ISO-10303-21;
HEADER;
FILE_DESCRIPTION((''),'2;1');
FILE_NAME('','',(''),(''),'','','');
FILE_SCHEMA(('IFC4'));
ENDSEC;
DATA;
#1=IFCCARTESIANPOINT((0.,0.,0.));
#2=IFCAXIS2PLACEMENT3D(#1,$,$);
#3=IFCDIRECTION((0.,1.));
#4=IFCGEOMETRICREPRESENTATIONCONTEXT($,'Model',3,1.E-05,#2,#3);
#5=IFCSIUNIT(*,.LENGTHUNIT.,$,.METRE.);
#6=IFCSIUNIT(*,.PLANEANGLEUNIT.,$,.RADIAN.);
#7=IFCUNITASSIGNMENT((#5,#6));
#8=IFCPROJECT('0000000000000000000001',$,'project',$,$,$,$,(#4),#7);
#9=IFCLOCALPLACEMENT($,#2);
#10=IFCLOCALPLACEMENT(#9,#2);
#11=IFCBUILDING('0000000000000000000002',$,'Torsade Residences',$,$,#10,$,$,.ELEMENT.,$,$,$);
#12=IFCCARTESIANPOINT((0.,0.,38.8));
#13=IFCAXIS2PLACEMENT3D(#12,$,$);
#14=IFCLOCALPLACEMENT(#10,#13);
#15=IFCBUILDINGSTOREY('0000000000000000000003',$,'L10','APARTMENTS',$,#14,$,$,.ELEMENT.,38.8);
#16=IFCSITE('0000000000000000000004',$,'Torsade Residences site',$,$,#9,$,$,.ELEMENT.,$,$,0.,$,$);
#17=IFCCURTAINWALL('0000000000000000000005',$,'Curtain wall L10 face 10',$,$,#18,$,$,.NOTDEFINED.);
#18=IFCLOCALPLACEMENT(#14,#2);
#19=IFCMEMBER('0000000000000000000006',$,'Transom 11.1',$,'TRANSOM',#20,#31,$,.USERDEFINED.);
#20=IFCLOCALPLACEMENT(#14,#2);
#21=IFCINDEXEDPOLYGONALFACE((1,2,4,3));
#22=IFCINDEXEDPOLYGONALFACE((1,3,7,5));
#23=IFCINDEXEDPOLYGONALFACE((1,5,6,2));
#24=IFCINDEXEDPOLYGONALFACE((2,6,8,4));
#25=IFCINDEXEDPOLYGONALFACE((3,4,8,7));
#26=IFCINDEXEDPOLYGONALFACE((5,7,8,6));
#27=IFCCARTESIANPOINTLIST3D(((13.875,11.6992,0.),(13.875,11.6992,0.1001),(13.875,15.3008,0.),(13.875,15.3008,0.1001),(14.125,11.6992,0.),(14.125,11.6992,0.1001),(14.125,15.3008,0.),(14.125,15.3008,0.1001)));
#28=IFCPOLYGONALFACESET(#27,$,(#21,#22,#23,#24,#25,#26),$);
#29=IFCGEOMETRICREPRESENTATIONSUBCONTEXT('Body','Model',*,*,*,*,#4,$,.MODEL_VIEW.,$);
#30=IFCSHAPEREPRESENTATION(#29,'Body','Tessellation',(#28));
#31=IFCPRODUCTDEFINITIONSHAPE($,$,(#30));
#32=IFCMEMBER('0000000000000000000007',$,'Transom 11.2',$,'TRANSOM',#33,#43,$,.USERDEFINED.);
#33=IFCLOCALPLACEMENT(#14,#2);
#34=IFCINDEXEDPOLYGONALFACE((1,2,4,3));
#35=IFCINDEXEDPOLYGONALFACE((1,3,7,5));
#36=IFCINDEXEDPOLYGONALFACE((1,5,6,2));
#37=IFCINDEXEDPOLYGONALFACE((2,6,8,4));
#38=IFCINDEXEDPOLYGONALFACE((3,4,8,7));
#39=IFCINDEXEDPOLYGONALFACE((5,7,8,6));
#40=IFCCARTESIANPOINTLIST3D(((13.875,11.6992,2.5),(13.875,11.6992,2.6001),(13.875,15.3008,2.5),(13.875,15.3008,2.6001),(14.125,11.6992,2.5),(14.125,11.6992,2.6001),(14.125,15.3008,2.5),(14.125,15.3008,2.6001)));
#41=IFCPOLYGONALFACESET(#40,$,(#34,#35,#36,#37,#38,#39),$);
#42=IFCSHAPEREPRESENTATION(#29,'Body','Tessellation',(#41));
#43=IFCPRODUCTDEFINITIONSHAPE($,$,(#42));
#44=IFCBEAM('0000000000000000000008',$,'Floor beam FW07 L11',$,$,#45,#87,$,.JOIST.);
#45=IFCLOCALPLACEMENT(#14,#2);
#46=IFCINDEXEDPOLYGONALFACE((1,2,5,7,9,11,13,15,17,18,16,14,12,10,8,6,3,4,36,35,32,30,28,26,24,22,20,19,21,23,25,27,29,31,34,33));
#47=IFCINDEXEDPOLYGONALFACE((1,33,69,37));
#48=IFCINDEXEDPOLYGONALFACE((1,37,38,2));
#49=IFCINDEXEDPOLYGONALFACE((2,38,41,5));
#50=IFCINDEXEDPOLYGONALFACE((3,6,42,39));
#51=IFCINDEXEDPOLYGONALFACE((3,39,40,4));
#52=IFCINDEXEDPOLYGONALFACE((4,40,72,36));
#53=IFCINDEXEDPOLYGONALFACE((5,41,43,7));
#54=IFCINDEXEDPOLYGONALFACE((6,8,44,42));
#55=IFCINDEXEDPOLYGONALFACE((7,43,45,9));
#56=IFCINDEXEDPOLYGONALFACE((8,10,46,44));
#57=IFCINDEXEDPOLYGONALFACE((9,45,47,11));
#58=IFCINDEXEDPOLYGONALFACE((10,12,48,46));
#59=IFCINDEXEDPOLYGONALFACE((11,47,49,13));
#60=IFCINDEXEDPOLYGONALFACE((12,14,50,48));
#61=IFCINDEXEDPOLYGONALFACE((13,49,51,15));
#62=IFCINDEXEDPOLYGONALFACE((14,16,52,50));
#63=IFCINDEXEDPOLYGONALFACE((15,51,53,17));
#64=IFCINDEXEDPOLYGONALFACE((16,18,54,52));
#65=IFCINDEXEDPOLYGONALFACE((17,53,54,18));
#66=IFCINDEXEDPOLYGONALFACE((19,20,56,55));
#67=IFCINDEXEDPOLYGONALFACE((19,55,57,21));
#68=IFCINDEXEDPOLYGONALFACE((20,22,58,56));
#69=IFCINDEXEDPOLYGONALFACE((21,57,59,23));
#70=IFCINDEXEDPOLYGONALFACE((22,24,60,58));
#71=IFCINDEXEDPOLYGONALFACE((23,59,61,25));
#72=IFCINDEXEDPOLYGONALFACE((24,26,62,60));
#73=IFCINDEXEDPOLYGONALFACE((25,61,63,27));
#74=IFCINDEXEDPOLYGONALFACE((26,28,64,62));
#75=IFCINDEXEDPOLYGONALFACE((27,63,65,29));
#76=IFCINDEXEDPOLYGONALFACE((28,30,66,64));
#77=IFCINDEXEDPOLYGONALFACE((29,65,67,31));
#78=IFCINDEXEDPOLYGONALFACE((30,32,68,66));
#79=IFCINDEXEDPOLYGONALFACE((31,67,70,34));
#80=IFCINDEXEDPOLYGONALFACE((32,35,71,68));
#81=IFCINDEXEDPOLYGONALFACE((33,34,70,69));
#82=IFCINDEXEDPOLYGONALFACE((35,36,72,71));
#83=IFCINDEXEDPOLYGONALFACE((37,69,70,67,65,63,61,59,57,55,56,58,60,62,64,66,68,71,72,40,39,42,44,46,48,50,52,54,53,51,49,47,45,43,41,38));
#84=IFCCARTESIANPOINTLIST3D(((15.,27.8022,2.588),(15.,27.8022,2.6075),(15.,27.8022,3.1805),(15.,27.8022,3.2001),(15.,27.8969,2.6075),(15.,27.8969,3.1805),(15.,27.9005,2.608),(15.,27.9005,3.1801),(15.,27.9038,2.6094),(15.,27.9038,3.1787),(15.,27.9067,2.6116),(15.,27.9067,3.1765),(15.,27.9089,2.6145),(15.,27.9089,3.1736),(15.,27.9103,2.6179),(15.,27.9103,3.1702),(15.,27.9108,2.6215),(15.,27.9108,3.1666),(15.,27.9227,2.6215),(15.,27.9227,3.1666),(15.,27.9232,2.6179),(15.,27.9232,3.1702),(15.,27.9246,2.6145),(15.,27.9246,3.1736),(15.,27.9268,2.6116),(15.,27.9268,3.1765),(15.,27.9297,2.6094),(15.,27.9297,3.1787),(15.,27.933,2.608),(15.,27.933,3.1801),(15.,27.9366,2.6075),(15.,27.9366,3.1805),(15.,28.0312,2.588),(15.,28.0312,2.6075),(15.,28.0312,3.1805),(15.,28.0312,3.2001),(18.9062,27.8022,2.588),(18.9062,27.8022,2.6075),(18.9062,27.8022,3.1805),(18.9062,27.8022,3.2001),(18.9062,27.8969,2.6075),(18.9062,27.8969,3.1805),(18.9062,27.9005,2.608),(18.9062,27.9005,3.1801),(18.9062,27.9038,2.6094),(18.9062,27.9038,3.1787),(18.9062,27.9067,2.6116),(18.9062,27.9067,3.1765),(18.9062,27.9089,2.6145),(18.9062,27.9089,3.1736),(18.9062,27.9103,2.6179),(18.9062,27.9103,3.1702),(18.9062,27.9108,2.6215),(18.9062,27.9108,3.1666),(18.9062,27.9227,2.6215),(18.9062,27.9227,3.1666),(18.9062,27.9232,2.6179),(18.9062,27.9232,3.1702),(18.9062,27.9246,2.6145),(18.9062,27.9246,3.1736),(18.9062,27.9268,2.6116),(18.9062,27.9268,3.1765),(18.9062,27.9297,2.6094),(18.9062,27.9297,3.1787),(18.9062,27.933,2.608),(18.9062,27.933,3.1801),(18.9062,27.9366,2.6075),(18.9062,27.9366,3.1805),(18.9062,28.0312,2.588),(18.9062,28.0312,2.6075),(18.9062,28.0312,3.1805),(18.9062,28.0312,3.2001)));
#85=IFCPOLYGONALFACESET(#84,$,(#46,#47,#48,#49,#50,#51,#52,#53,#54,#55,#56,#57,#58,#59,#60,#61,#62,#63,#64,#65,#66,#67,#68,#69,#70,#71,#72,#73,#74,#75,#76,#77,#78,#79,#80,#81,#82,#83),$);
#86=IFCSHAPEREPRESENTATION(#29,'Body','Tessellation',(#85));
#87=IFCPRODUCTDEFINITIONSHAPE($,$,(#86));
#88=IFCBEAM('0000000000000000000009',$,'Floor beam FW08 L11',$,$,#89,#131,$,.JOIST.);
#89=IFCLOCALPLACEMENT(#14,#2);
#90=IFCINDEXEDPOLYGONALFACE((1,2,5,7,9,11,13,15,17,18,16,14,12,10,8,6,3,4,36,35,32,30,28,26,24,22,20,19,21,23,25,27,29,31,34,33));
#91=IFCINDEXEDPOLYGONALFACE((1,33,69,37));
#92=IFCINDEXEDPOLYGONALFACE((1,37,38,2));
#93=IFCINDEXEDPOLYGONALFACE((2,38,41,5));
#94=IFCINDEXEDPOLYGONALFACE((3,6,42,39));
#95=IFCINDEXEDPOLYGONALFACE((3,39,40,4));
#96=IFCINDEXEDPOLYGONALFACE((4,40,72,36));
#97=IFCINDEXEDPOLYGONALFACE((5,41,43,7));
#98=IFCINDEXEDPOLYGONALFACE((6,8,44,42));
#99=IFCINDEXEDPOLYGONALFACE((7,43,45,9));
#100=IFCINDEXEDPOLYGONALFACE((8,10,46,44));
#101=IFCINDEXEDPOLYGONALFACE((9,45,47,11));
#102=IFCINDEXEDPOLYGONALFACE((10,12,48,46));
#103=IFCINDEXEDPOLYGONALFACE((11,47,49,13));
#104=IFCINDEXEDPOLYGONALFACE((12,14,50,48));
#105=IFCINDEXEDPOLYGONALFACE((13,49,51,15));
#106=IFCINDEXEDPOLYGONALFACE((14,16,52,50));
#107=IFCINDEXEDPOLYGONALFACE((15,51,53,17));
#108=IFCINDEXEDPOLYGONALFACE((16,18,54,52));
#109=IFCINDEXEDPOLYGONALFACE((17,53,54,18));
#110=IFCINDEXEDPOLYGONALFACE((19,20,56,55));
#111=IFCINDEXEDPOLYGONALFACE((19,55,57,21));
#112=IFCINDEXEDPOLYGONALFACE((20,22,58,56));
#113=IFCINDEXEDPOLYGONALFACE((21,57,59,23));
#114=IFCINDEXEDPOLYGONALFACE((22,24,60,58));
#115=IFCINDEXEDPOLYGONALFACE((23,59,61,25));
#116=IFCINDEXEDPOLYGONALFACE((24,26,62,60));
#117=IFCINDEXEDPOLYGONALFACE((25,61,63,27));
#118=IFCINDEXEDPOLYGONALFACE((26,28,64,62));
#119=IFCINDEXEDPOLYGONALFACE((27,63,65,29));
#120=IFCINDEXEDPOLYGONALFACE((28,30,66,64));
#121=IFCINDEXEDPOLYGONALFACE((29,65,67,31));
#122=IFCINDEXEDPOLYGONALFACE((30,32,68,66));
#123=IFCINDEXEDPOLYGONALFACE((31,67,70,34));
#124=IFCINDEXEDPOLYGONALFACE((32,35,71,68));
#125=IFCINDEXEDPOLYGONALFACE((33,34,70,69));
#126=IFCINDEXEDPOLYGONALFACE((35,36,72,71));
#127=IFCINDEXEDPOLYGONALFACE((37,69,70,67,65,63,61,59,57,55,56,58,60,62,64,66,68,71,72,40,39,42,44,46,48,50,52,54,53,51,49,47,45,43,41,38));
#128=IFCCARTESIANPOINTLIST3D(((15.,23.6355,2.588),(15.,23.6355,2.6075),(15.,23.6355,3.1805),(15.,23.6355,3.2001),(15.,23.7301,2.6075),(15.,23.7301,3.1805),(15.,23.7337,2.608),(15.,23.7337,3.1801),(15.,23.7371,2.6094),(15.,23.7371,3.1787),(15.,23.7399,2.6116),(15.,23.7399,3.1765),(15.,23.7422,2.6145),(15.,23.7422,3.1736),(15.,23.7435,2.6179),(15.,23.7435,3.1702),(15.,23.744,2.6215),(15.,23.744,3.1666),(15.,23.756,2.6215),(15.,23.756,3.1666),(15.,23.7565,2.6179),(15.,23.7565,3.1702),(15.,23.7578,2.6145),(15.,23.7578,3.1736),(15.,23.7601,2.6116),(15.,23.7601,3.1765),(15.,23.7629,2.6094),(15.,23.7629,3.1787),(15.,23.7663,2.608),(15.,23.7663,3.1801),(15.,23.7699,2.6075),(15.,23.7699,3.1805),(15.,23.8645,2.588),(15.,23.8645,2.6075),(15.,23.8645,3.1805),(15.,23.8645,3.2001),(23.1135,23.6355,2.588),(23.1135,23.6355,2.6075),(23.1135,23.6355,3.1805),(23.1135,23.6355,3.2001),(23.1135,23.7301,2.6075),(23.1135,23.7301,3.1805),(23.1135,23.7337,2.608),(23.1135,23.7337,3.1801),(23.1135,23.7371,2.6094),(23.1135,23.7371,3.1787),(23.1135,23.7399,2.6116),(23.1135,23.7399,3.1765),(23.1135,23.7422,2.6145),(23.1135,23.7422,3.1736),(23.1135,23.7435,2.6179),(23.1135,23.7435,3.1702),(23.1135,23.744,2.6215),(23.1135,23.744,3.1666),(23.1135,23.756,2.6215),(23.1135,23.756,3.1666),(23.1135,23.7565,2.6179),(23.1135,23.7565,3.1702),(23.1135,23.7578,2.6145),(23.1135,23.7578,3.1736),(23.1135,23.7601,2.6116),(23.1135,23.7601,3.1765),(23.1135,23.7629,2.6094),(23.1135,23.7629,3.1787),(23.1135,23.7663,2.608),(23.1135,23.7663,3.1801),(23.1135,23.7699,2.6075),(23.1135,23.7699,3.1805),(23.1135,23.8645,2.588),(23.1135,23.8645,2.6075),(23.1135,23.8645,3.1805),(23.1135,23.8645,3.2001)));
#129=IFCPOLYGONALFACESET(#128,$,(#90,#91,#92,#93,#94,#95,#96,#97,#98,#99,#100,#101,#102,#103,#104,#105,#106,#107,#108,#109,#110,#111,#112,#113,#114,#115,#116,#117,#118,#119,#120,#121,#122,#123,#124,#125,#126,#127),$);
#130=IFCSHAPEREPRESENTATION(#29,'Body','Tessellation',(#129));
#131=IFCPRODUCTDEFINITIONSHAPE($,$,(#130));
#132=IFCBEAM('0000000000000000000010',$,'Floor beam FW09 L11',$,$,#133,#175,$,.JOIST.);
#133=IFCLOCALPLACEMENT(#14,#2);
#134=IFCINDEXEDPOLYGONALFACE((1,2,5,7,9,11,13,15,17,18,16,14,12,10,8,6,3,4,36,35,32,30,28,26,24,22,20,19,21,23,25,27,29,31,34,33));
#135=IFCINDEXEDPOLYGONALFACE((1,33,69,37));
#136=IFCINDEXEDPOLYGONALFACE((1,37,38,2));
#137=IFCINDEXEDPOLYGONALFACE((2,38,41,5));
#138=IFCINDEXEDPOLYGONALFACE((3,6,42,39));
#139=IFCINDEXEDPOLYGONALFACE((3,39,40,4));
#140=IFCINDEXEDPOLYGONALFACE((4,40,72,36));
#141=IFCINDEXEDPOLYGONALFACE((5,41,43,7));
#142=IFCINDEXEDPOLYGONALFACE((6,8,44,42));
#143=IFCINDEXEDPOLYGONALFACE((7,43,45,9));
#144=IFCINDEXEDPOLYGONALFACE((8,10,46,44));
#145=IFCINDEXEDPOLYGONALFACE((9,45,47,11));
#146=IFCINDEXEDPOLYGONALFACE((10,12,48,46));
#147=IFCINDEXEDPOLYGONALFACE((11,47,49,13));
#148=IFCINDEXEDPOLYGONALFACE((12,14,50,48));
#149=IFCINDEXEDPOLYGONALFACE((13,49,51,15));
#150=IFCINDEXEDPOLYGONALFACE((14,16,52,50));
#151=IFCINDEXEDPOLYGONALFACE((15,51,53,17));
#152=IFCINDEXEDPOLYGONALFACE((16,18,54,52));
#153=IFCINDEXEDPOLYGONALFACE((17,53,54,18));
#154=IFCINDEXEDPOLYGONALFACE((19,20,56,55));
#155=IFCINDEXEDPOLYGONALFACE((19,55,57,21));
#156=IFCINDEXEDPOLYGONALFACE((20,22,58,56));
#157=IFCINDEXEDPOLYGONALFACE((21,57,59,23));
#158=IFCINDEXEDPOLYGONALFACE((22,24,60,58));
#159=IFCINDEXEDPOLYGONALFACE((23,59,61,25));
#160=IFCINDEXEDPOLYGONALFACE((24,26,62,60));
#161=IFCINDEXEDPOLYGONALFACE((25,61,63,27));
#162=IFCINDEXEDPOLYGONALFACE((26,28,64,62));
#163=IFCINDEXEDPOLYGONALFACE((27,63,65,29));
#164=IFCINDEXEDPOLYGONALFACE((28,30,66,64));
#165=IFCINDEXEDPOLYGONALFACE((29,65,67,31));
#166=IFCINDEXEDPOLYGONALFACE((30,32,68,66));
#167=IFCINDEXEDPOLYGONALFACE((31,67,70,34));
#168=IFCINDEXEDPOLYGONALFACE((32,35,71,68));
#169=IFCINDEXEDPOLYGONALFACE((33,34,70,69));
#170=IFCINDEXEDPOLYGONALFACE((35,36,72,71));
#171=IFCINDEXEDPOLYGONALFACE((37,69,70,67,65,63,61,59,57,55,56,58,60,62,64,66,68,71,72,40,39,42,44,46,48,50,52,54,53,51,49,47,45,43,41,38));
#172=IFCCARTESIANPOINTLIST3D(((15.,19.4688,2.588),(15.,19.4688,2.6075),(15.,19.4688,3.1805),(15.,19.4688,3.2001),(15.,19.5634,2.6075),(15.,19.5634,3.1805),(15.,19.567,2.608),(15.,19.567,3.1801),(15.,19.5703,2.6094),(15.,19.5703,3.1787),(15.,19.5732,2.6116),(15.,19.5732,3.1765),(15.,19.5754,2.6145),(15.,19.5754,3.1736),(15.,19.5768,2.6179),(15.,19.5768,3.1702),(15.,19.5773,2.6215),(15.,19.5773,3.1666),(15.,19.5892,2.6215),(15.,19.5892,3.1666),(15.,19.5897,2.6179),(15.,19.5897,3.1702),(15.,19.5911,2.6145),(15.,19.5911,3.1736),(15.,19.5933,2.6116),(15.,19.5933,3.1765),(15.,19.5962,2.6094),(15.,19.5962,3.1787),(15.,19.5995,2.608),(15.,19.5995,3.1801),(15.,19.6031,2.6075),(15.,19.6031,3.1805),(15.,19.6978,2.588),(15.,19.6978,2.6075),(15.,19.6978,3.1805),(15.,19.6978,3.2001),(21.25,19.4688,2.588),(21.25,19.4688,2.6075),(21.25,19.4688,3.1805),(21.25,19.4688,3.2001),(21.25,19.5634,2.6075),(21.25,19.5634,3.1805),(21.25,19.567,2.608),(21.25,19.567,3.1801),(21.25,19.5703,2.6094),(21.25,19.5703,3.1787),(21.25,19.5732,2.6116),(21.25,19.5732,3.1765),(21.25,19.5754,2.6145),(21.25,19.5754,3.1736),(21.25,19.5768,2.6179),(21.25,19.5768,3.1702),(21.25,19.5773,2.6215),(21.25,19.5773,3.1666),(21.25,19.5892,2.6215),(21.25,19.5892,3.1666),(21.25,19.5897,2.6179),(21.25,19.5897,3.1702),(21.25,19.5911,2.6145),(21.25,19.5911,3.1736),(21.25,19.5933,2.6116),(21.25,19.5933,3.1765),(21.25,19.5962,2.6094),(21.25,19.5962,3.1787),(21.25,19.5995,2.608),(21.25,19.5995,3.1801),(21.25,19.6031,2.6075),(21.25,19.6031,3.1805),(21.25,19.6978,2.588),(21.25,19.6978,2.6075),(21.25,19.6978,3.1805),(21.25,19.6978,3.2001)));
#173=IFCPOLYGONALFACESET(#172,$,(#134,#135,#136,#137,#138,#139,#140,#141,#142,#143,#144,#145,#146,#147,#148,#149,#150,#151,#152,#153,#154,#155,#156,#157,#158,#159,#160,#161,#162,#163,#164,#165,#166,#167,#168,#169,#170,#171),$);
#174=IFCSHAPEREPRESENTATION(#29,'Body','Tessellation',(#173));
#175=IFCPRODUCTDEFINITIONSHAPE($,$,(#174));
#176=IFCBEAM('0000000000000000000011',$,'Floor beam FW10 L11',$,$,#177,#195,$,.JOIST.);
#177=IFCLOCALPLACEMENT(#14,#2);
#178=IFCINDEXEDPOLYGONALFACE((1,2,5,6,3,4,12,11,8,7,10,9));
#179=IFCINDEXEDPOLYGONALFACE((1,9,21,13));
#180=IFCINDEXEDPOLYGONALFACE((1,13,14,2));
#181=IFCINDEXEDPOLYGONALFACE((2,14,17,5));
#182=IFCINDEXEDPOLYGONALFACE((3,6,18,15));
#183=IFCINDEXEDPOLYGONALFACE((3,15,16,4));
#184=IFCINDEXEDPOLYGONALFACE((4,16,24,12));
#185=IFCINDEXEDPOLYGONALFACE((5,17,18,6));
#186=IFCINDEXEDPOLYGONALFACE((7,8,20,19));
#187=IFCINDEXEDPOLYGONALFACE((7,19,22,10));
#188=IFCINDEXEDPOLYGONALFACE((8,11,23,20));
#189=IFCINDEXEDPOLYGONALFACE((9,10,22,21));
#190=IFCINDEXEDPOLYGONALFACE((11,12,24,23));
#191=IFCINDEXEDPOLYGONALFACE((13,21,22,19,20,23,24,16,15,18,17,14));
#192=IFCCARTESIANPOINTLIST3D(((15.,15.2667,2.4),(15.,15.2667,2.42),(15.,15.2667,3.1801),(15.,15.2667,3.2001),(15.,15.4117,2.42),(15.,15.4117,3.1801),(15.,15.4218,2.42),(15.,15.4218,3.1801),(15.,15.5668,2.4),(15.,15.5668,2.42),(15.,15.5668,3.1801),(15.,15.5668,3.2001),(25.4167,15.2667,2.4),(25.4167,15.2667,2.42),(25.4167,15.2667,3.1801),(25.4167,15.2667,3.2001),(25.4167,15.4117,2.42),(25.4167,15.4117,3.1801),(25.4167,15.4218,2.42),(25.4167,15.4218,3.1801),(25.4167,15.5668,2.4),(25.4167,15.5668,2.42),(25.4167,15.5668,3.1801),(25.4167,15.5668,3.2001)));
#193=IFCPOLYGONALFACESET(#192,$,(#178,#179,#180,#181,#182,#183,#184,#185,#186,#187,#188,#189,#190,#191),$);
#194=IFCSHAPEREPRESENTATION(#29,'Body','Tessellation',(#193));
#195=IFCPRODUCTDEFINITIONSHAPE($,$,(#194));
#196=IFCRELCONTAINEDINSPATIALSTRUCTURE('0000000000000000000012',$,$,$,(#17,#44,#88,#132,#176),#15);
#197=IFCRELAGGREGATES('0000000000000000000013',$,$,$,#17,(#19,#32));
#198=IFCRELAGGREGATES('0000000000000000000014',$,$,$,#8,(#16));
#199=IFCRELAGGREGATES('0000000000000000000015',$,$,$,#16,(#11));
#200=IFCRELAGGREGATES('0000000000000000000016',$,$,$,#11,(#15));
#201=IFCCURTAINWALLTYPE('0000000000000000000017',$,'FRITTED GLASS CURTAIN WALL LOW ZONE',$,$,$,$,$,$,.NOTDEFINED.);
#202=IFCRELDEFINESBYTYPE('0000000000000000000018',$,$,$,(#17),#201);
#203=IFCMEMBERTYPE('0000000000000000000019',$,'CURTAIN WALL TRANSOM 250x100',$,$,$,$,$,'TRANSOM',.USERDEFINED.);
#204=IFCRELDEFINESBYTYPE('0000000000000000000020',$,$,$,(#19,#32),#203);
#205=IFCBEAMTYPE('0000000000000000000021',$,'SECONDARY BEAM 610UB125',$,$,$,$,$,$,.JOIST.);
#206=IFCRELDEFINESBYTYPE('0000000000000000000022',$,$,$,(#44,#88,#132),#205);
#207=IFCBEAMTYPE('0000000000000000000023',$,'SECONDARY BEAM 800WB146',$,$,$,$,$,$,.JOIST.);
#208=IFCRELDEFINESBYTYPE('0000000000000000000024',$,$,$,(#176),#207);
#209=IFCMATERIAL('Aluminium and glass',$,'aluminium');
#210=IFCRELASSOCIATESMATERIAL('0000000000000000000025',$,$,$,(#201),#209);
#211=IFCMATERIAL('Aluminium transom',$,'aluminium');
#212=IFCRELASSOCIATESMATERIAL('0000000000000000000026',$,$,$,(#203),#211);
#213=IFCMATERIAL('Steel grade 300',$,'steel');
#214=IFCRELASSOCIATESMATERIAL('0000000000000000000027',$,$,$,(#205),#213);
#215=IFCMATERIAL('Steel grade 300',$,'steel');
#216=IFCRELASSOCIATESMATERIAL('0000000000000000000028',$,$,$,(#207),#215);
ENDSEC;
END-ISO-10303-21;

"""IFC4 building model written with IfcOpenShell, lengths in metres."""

from ifc_helpers import new_model, si_unit, direction, frame, origin, origin_2d, place, context, subcontext, project, spatial, rectangle, i_section, extrude, material, material_profile, profile_set, type_object, element, aggregate, save


model = new_model("IFC4")

# Units and contexts
model_context = context("Model", 3, precision=1e-05, world=origin(), true_north=direction((0.0, 1.0)))
body_context = subcontext(model_context, "Body", "Model", "MODEL_VIEW")
ifc_project = project(units=[si_unit("LENGTHUNIT", "METRE"), si_unit("PLANEANGLEUNIT", "RADIAN")], contexts=[model_context])

# Site, building, storey
site_placement = place(None, origin())
site = spatial("IfcSite", under=ifc_project, at=site_placement, Name="Torsade Residences site", CompositionType="ELEMENT", RefElevation=0.0)
building_placement = place(site_placement, origin())
building = spatial("IfcBuilding", under=site, at=building_placement, Name="Torsade Residences", CompositionType="ELEMENT")
storey_placement = place(building_placement, frame((0.0, 0.0, 38.8)))
storey = spatial("IfcBuildingStorey", under=building, at=storey_placement, Name="L10", Description="APARTMENTS", CompositionType="ELEMENT", Elevation=38.8)

# Curtain wall, members
ifc_material_1 = material(Name="Aluminium and glass", Category="aluminium")
curtain_wall_type = type_object("IfcCurtainWallType", Name="FRITTED GLASS CURTAIN WALL LOW ZONE", PredefinedType="NOTDEFINED", material=ifc_material_1)
curtain_wall_placement = place(storey_placement, origin())
curtain_wall = element("IfcCurtainWall", 1, at=curtain_wall_placement, inside=storey, type_object=curtain_wall_type, Name="Curtain wall L10 face 10", PredefinedType="NOTDEFINED")
ifc_material_2 = material(Name="Aluminium transom", Category="aluminium")
ifc_material_profile_1 = material_profile(ifc_material_2, rectangle(XDim=0.25, YDim=0.1001, at=origin_2d()), Name="CURTAIN WALL TRANSOM 250x100")
ifc_profile_set_1 = profile_set([ifc_material_profile_1], Name="Aluminium transom")
member_type_1 = type_object("IfcMemberType", Name="CURTAIN WALL TRANSOM 250x100", ElementType="TRANSOM", PredefinedType="USERDEFINED", material=ifc_profile_set_1)
member_1_placement = place(storey_placement, frame((14.0, 15.3008, 0.05), z_axis=(0.0, -1.0, 0.0), x_axis=(1.0, 0.0, 0.0)))
member_1 = element("IfcMember", 2, at=member_1_placement, type_object=member_type_1, Name="Transom 11.1", ObjectType="TRANSOM", PredefinedType="USERDEFINED", context=body_context, shape_type="SweptSolid", body=[
    extrude(rectangle(XDim=0.25, YDim=0.1001, at=origin_2d()), origin(), (0.0, 0.0, 1.0), 3.6016),
])
member_2_placement = place(storey_placement, frame((14.0, 15.3008, 2.55), z_axis=(0.0, -1.0, 0.0), x_axis=(1.0, 0.0, 0.0)))
member_2 = element("IfcMember", 3, at=member_2_placement, type_object=member_type_1, Name="Transom 11.2", ObjectType="TRANSOM", PredefinedType="USERDEFINED", context=body_context, shape_type="SweptSolid", body=[
    extrude(rectangle(XDim=0.25, YDim=0.1001, at=origin_2d()), origin(), (0.0, 0.0, 1.0), 3.6016),
])

# Beams
ifc_material_3 = material(Name="Steel grade 300", Category="steel")
ifc_material_profile_2 = material_profile(ifc_material_3, i_section(OverallWidth=0.229, OverallDepth=0.6121, WebThickness=0.012, FlangeThickness=0.0195, FilletRadius=0.0139, at=origin_2d()), Name="610UB125")
ifc_profile_set_2 = profile_set([ifc_material_profile_2], Name="Steel grade 300")
beam_type_1 = type_object("IfcBeamType", Name="SECONDARY BEAM 610UB125", PredefinedType="JOIST", material=ifc_profile_set_2)
beam_1_placement = place(storey_placement, frame((15.0, 27.9167, 2.894), z_axis=(1.0, 0.0, 0.0), x_axis=(0.0, 1.0, 0.0)))
element("IfcBeam", 4, at=beam_1_placement, inside=storey, type_object=beam_type_1, Name="Floor beam FW07 L11", PredefinedType="JOIST", context=body_context, shape_type="SweptSolid", body=[
    extrude(i_section(OverallWidth=0.229, OverallDepth=0.6121, WebThickness=0.012, FlangeThickness=0.0195, FilletRadius=0.0139, at=origin_2d()), origin(), (0.0, 0.0, 1.0), 3.9062),
])
beam_2_placement = place(storey_placement, frame((15.0, 23.75, 2.894), z_axis=(1.0, 0.0, 0.0), x_axis=(0.0, 1.0, 0.0)))
element("IfcBeam", 5, at=beam_2_placement, inside=storey, type_object=beam_type_1, Name="Floor beam FW08 L11", PredefinedType="JOIST", context=body_context, shape_type="SweptSolid", body=[
    extrude(i_section(OverallWidth=0.229, OverallDepth=0.6121, WebThickness=0.012, FlangeThickness=0.0195, FilletRadius=0.0139, at=origin_2d()), origin(), (0.0, 0.0, 1.0), 8.1135),
])
beam_3_placement = place(storey_placement, frame((15.0, 19.5833, 2.894), z_axis=(1.0, 0.0, 0.0), x_axis=(0.0, 1.0, 0.0)))
element("IfcBeam", 6, at=beam_3_placement, inside=storey, type_object=beam_type_1, Name="Floor beam FW09 L11", PredefinedType="JOIST", context=body_context, shape_type="SweptSolid", body=[
    extrude(i_section(OverallWidth=0.229, OverallDepth=0.6121, WebThickness=0.012, FlangeThickness=0.0195, FilletRadius=0.0139, at=origin_2d()), origin(), (0.0, 0.0, 1.0), 6.25),
])
ifc_material_4 = material(Name="Steel grade 300", Category="steel")
ifc_material_profile_3 = material_profile(ifc_material_4, i_section(OverallWidth=0.3, OverallDepth=0.8, WebThickness=0.01, FlangeThickness=0.02, at=origin_2d()), Name="800WB146")
ifc_profile_set_3 = profile_set([ifc_material_profile_3], Name="Steel grade 300")
beam_type_2 = type_object("IfcBeamType", Name="SECONDARY BEAM 800WB146", PredefinedType="JOIST", material=ifc_profile_set_3)
beam_4_placement = place(storey_placement, frame((15.0, 15.4167, 2.8), z_axis=(1.0, 0.0, 0.0), x_axis=(0.0, 1.0, 0.0)))
element("IfcBeam", 7, at=beam_4_placement, inside=storey, type_object=beam_type_2, Name="Floor beam FW10 L11", PredefinedType="JOIST", context=body_context, shape_type="SweptSolid", body=[
    extrude(i_section(OverallWidth=0.3, OverallDepth=0.8, WebThickness=0.01, FlangeThickness=0.02, at=origin_2d()), origin(), (0.0, 0.0, 1.0), 10.4167),
])

aggregate(curtain_wall, [member_1, member_2])

save(model, "model.ifc")
